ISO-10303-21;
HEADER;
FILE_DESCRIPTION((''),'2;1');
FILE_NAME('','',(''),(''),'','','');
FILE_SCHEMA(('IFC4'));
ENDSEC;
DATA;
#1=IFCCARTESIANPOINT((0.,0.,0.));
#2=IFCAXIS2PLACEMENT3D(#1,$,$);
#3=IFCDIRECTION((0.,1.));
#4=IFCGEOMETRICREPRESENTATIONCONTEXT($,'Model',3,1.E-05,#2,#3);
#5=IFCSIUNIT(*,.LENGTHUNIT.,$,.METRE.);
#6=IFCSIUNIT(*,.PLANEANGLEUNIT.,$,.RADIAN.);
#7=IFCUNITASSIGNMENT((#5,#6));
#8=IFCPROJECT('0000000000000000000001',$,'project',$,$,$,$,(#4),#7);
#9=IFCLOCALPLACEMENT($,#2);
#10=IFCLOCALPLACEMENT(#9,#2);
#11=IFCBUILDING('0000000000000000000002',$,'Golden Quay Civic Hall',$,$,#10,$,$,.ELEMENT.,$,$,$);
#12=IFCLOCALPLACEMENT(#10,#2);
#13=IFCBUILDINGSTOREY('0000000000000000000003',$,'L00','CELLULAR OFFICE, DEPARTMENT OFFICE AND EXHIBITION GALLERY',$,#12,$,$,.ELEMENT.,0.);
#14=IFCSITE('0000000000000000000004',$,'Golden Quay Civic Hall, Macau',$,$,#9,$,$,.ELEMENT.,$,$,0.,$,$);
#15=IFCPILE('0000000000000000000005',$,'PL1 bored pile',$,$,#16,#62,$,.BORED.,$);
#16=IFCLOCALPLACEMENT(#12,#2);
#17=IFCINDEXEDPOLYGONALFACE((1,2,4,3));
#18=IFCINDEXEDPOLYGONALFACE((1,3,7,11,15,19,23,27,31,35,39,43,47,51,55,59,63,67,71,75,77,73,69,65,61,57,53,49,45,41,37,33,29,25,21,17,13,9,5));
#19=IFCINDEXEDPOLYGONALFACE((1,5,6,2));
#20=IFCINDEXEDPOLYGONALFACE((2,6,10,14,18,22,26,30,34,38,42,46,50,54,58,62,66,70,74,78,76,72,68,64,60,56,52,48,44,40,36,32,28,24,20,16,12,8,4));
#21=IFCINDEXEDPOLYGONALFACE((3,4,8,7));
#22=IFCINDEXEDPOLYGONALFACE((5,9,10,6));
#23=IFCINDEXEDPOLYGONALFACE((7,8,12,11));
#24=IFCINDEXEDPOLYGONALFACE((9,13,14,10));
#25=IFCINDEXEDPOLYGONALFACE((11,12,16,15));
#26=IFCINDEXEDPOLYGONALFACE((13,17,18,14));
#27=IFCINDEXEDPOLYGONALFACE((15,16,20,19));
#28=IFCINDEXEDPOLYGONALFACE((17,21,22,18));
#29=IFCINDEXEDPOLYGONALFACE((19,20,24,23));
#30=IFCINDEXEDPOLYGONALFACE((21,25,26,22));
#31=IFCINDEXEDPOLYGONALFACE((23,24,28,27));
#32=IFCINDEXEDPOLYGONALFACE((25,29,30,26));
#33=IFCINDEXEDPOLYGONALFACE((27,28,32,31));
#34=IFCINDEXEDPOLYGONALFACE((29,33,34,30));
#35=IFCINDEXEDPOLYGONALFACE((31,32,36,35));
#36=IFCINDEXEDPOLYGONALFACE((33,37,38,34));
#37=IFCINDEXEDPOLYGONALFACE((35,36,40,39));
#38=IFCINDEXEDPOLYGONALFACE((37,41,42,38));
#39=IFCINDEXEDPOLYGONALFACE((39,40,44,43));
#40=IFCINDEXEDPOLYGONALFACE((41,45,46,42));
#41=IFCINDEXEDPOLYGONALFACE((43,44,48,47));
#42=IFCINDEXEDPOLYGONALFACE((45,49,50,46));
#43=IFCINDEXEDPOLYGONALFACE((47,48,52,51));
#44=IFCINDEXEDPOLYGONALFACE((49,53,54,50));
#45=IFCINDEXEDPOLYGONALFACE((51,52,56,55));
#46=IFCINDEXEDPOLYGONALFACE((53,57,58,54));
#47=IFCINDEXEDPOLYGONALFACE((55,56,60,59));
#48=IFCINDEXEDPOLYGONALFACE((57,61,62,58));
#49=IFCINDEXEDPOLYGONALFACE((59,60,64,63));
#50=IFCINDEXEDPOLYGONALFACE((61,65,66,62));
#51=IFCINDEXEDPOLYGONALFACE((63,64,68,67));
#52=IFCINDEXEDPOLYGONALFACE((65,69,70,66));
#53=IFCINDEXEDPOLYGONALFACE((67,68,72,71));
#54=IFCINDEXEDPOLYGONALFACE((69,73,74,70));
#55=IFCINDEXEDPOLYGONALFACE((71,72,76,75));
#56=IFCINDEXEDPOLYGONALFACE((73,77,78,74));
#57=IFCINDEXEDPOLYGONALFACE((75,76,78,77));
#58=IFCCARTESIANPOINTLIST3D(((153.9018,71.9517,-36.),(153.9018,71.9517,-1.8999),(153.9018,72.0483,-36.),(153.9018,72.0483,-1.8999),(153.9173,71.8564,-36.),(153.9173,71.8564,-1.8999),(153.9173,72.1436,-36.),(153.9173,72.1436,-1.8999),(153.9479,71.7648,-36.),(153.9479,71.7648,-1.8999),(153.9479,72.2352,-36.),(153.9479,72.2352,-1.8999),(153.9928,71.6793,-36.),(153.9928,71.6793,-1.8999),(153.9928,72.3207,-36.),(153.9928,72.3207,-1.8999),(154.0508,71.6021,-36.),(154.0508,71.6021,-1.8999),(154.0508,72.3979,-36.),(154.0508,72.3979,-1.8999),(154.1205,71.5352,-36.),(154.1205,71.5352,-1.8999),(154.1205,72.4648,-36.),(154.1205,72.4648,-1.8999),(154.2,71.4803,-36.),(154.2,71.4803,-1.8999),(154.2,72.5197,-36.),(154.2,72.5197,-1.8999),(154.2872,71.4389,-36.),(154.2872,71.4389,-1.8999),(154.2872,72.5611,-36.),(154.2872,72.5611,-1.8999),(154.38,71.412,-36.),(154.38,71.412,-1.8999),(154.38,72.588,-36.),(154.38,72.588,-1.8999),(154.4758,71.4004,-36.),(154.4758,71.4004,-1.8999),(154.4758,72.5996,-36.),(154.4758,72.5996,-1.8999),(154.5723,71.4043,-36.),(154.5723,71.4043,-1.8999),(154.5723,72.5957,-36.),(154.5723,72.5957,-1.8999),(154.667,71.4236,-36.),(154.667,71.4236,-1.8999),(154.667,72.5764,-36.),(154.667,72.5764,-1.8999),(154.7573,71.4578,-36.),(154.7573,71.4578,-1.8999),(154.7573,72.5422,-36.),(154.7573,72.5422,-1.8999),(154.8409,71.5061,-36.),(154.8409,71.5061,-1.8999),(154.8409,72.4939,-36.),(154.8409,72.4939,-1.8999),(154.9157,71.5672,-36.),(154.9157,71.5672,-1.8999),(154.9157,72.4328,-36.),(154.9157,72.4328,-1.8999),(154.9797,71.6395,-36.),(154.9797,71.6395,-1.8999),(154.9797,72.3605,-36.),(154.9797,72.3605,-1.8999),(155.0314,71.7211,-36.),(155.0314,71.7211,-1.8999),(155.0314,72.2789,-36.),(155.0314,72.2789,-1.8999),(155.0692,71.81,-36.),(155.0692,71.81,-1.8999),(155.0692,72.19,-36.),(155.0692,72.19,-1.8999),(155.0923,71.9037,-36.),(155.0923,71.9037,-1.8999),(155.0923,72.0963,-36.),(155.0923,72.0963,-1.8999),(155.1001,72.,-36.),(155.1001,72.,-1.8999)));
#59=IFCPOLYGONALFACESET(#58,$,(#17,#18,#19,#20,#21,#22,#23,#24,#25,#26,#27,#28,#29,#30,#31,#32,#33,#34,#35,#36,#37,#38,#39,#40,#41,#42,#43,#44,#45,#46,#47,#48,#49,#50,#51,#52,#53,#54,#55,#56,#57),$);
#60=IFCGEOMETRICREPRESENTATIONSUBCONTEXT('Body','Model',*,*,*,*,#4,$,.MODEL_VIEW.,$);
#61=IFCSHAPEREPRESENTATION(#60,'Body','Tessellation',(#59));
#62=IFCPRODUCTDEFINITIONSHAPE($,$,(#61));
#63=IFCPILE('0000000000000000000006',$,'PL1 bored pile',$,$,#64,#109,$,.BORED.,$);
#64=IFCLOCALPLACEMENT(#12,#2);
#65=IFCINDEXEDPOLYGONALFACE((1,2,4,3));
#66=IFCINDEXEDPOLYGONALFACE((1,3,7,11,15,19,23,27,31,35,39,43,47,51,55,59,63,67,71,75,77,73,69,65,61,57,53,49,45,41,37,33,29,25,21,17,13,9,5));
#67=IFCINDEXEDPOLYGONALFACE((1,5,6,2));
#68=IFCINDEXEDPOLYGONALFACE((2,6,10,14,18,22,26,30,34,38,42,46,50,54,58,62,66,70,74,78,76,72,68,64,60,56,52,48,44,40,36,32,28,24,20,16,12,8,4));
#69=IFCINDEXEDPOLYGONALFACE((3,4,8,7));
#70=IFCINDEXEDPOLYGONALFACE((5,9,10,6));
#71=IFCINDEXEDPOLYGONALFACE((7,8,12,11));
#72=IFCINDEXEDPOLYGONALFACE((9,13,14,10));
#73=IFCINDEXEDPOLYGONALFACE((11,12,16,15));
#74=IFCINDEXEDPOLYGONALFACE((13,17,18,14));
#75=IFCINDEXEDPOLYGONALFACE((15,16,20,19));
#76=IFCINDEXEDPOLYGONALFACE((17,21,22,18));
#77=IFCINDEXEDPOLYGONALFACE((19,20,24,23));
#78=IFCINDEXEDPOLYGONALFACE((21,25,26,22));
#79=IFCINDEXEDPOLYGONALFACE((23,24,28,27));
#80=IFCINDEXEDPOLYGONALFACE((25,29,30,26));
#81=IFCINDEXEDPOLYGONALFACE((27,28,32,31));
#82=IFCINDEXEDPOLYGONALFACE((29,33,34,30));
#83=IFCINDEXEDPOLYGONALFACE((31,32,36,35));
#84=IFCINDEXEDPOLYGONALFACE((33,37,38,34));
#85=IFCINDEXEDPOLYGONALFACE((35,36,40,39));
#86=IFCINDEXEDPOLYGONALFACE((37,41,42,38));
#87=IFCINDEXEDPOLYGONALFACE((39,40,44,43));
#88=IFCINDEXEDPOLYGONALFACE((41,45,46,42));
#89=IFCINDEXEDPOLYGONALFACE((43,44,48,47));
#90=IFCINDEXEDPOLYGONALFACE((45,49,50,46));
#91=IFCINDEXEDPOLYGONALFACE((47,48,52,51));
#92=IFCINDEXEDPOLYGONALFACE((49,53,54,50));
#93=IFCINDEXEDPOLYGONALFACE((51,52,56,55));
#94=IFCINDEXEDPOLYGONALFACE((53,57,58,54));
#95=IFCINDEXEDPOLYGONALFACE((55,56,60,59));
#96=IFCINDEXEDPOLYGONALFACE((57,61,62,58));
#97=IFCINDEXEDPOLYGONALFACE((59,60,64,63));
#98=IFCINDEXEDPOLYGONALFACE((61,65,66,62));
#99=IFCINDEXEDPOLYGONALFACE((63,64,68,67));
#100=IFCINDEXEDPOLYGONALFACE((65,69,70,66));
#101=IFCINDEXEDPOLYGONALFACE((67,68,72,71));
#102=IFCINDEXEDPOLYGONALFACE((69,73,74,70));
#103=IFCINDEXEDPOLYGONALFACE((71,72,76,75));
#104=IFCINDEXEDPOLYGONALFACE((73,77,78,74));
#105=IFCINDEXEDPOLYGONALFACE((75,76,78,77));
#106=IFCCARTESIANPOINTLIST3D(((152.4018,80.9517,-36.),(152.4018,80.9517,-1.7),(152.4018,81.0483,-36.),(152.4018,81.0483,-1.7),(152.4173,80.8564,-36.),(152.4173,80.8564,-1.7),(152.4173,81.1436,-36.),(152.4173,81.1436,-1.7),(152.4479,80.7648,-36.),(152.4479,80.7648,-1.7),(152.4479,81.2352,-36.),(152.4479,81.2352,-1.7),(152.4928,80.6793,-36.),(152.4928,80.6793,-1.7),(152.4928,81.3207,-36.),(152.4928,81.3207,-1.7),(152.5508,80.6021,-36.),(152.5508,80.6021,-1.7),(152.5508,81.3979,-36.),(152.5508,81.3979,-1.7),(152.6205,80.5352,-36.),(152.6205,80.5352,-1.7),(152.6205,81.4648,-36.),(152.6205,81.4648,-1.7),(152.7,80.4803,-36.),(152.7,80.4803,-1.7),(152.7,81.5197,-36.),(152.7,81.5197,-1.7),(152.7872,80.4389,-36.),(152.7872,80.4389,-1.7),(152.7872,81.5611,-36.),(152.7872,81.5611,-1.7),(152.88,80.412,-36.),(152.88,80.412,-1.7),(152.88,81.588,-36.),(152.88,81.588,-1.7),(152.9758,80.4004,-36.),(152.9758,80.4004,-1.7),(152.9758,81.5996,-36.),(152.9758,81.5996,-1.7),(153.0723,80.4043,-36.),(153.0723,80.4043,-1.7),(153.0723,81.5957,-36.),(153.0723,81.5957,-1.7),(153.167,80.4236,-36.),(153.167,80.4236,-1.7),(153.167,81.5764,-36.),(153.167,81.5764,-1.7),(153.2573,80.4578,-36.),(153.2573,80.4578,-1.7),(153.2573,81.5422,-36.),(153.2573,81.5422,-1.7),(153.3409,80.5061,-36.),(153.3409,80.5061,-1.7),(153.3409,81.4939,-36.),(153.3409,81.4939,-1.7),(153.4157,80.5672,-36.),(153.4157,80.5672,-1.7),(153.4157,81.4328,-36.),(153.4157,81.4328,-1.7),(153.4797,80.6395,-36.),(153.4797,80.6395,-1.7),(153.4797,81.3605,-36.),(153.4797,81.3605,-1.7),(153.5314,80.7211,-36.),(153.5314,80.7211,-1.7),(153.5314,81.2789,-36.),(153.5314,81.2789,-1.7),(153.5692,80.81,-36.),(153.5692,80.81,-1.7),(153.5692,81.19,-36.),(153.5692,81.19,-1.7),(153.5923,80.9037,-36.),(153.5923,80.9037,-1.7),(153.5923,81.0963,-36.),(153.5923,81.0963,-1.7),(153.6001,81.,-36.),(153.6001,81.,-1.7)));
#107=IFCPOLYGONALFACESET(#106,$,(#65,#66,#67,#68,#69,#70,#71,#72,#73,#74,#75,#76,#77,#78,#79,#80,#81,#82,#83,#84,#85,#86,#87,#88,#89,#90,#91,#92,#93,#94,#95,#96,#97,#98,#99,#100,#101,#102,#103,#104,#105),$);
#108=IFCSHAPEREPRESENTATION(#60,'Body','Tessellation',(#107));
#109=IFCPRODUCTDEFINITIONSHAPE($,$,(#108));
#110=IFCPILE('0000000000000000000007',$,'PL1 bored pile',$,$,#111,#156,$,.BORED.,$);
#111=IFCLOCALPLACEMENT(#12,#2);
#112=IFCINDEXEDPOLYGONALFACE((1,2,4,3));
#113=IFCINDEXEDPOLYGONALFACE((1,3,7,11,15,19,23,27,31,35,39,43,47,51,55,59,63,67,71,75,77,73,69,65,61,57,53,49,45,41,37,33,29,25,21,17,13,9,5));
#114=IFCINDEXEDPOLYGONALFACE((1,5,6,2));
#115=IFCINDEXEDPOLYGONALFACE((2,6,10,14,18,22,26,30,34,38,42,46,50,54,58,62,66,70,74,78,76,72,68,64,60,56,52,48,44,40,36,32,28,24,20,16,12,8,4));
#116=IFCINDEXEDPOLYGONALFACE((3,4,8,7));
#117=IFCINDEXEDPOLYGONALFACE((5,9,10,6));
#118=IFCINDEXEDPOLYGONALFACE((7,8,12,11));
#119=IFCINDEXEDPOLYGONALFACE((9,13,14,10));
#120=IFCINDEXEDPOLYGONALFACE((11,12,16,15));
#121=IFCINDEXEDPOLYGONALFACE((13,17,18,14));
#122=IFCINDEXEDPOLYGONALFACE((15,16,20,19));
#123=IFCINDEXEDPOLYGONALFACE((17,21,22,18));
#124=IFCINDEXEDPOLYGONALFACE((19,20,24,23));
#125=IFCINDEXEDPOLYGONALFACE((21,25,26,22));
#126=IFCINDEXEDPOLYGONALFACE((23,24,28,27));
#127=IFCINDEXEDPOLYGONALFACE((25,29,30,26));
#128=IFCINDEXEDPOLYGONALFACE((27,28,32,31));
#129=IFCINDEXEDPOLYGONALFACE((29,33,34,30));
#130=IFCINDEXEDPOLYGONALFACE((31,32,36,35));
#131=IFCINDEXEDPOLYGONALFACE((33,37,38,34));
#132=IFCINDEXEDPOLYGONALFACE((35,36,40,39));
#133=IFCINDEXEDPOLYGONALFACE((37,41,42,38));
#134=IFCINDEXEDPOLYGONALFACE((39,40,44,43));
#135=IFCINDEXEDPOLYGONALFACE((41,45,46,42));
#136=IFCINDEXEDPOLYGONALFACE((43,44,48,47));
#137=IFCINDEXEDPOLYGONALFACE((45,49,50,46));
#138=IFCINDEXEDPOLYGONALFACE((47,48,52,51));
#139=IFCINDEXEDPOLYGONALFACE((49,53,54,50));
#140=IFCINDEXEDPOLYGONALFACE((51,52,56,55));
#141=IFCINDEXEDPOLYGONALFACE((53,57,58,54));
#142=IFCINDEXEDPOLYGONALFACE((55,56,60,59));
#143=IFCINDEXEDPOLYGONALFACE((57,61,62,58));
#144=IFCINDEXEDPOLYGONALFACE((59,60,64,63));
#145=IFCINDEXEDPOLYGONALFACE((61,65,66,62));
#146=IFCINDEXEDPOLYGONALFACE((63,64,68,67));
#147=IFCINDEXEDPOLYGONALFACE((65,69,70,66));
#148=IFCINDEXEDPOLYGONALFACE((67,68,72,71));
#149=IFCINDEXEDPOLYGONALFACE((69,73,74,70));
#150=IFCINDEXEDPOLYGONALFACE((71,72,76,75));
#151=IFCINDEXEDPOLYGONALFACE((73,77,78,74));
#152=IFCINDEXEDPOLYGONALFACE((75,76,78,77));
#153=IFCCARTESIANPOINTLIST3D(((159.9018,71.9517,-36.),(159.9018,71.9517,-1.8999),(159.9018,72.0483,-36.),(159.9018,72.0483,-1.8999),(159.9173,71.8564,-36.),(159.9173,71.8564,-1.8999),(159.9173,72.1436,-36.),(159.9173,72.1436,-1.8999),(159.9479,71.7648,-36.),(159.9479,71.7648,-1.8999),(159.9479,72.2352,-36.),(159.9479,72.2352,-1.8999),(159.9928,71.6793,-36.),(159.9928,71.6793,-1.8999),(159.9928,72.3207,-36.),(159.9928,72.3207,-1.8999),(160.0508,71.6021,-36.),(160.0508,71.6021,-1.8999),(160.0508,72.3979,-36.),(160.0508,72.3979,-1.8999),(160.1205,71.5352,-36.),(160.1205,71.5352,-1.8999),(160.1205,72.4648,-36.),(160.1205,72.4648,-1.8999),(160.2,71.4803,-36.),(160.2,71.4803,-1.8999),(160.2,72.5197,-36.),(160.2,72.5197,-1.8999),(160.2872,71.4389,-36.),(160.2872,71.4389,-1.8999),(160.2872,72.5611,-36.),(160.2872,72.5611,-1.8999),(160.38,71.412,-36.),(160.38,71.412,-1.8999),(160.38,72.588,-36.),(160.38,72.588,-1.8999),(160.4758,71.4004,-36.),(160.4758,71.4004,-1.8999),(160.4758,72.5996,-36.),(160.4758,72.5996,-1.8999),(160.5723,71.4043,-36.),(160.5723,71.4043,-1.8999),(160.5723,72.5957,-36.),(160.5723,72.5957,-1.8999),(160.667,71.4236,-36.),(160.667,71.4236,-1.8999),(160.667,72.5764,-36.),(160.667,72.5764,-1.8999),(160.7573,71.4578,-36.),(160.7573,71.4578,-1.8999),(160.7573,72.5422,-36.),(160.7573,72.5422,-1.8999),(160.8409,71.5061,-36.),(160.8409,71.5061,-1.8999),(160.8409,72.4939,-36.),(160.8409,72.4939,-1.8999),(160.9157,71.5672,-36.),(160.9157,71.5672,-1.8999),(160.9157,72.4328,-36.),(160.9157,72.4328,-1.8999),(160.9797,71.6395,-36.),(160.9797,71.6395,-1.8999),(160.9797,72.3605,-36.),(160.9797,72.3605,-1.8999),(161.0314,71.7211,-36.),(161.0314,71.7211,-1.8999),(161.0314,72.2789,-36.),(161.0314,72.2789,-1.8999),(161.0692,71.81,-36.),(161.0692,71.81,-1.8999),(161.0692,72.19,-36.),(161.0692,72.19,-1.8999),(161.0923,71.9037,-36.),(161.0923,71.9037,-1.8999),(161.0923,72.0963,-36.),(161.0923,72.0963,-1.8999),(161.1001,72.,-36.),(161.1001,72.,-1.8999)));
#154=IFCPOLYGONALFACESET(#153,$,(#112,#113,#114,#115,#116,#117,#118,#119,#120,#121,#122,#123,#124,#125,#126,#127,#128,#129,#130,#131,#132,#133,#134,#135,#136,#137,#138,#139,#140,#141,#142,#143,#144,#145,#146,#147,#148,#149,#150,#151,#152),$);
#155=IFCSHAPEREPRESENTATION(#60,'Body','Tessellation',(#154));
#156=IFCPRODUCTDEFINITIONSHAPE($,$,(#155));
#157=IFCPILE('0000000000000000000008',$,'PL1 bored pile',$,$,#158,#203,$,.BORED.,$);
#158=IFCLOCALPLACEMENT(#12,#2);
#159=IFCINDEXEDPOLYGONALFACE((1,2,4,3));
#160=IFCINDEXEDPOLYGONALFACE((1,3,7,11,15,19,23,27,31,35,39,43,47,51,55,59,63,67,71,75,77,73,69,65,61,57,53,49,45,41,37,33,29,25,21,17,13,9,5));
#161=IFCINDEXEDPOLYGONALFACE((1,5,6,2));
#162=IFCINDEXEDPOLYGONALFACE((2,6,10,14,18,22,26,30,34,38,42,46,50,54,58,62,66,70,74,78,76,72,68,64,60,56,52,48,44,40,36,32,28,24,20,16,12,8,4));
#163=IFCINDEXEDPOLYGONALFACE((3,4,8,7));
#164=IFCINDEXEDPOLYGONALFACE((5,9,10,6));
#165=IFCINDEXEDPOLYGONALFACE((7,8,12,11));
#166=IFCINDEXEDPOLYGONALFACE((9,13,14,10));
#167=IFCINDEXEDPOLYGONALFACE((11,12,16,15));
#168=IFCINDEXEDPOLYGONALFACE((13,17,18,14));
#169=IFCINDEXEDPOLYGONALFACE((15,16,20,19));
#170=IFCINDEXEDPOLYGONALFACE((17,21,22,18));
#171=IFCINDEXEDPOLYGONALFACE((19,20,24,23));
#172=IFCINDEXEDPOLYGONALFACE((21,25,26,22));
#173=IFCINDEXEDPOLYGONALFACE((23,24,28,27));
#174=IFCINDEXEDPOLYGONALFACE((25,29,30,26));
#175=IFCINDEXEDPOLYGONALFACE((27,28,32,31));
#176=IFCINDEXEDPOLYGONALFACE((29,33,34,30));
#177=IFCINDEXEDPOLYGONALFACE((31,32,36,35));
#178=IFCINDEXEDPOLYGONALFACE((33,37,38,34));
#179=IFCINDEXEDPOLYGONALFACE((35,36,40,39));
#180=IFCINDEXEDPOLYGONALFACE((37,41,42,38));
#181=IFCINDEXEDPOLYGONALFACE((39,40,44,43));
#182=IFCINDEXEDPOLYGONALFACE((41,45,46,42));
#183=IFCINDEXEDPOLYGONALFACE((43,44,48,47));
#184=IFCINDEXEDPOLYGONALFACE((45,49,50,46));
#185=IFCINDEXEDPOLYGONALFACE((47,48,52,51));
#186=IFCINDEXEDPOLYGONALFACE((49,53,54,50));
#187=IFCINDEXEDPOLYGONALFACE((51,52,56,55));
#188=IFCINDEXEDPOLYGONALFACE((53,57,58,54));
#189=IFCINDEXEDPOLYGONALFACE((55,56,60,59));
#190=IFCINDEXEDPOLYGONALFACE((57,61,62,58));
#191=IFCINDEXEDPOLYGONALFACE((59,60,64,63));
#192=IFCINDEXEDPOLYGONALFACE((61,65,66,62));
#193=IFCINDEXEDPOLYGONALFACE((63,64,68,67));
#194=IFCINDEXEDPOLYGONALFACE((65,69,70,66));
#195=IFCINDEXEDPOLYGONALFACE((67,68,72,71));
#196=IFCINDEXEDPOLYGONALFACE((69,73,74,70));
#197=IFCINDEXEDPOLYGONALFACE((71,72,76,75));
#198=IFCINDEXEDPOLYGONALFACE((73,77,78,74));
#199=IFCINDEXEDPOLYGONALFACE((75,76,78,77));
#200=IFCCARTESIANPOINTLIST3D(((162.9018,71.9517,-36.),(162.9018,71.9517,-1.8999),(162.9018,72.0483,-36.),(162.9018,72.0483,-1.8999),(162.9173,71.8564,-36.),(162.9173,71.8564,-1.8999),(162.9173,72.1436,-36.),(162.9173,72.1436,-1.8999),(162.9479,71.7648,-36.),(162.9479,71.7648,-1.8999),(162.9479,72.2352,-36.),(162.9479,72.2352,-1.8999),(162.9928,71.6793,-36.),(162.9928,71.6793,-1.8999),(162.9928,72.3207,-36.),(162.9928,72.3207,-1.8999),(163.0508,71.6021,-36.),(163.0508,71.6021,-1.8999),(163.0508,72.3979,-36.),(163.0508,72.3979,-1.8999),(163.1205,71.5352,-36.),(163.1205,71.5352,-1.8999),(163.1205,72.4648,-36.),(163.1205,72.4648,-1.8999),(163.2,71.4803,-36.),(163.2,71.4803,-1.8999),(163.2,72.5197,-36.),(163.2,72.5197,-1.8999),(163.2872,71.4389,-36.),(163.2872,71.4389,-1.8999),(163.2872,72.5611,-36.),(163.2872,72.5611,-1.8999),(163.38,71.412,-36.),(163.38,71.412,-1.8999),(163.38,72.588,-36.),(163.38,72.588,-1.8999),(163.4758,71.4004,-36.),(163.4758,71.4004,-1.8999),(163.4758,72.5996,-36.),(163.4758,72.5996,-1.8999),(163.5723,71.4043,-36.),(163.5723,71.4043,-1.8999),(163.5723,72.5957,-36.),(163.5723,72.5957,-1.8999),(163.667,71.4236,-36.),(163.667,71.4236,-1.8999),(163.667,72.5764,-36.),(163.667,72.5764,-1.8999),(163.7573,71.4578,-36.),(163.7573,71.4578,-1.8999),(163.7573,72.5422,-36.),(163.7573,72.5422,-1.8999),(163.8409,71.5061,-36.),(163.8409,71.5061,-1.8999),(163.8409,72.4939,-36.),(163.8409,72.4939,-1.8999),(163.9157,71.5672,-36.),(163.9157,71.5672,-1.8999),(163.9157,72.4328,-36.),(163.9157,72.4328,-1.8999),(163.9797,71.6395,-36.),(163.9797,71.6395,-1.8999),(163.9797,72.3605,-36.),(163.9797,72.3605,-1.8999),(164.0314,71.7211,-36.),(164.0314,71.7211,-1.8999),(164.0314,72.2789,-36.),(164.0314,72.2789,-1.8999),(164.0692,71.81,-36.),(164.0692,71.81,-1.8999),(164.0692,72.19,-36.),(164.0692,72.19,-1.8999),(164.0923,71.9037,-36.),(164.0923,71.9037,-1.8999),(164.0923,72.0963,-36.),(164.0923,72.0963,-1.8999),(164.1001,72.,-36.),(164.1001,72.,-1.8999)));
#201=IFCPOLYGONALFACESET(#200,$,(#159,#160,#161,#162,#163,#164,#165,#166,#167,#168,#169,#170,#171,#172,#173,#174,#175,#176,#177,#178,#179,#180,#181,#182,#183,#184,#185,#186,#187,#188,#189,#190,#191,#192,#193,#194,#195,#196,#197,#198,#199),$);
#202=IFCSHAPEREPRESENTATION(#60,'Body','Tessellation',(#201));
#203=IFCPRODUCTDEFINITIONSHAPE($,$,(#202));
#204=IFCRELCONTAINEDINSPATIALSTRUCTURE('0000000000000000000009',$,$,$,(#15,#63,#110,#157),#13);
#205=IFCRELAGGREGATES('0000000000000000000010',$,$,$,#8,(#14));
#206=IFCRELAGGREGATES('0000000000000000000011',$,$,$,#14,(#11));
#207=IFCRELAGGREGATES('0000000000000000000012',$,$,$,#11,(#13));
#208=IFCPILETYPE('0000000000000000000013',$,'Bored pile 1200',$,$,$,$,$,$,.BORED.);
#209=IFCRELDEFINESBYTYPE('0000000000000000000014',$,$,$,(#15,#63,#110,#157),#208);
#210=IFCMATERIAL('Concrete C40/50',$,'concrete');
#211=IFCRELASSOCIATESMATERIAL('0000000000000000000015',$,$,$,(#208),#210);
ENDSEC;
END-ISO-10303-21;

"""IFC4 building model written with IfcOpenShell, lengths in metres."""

from ifc_helpers import new_model, si_unit, direction, frame, origin, origin_2d, place, context, subcontext, project, spatial, circle, extrude, material, material_profile, profile_set, type_object, element, save


model = new_model("IFC4")

# Units and contexts
model_context = context("Model", 3, precision=1e-05, world=origin(), true_north=direction((0.0, 1.0)))
body_context = subcontext(model_context, "Body", "Model", "MODEL_VIEW")
ifc_project = project(units=[si_unit("LENGTHUNIT", "METRE"), si_unit("PLANEANGLEUNIT", "RADIAN")], contexts=[model_context])

# Site, building, storey
site_placement = place(None, origin())
site = spatial("IfcSite", under=ifc_project, at=site_placement, Name="Golden Quay Civic Hall, Macau", CompositionType="ELEMENT", RefElevation=0.0)
building_placement = place(site_placement, origin())
building = spatial("IfcBuilding", under=site, at=building_placement, Name="Golden Quay Civic Hall", CompositionType="ELEMENT")
storey_placement = place(building_placement, origin())
storey = spatial("IfcBuildingStorey", under=building, at=storey_placement, Name="L00", Description="CELLULAR OFFICE, DEPARTMENT OFFICE AND EXHIBITION GALLERY", CompositionType="ELEMENT", Elevation=0.0)

# Piles
ifc_material_1 = material(Name="Concrete C40/50", Category="concrete")
ifc_material_profile_1 = material_profile(ifc_material_1, circle(Radius=0.6001, at=origin_2d()), Name="RC D1200")
ifc_profile_set_1 = profile_set([ifc_material_profile_1], Name="Concrete C40/50")
pile_type = type_object("IfcPileType", Name="Bored pile 1200", PredefinedType="BORED", material=ifc_profile_set_1)
pile_1_placement = place(storey_placement, frame((154.5, 72.0, -1.8999), z_axis=(0.0, 0.0, -1.0), x_axis=(1.0, 0.0, 0.0)))
element("IfcPile", 1, at=pile_1_placement, inside=storey, type_object=pile_type, Name="PL1 bored pile", PredefinedType="BORED", context=body_context, shape_type="SweptSolid", body=[
    extrude(circle(Radius=0.6001, at=origin_2d()), origin(), (0.0, 0.0, 1.0), 34.1001),
])
pile_2_placement = place(storey_placement, frame((153.0, 81.0, -1.7), z_axis=(0.0, 0.0, -1.0), x_axis=(1.0, 0.0, 0.0)))
element("IfcPile", 2, at=pile_2_placement, inside=storey, type_object=pile_type, Name="PL1 bored pile", PredefinedType="BORED", context=body_context, shape_type="SweptSolid", body=[
    extrude(circle(Radius=0.6001, at=origin_2d()), origin(), (0.0, 0.0, 1.0), 34.3),
])
for number, where, z_axis, x_axis, name in (
    (3, (160.5, 72.0, -1.8999), (0.0, 0.0, -1.0), (1.0, 0.0, 0.0), "PL1 bored pile"),
    (4, (163.5, 72.0, -1.8999), (0.0, 0.0, -1.0), (1.0, 0.0, 0.0), "PL1 bored pile"),
):
    element("IfcPile", number, at=place(storey_placement, frame(where, z_axis=z_axis, x_axis=x_axis)), inside=storey, type_object=pile_type, Name=name, PredefinedType="BORED", context=body_context, shape_type="SweptSolid", body=[
        extrude(circle(Radius=0.6001, at=origin_2d()), origin(), (0.0, 0.0, 1.0), 34.1001),
    ])

save(model, "model.ifc")
